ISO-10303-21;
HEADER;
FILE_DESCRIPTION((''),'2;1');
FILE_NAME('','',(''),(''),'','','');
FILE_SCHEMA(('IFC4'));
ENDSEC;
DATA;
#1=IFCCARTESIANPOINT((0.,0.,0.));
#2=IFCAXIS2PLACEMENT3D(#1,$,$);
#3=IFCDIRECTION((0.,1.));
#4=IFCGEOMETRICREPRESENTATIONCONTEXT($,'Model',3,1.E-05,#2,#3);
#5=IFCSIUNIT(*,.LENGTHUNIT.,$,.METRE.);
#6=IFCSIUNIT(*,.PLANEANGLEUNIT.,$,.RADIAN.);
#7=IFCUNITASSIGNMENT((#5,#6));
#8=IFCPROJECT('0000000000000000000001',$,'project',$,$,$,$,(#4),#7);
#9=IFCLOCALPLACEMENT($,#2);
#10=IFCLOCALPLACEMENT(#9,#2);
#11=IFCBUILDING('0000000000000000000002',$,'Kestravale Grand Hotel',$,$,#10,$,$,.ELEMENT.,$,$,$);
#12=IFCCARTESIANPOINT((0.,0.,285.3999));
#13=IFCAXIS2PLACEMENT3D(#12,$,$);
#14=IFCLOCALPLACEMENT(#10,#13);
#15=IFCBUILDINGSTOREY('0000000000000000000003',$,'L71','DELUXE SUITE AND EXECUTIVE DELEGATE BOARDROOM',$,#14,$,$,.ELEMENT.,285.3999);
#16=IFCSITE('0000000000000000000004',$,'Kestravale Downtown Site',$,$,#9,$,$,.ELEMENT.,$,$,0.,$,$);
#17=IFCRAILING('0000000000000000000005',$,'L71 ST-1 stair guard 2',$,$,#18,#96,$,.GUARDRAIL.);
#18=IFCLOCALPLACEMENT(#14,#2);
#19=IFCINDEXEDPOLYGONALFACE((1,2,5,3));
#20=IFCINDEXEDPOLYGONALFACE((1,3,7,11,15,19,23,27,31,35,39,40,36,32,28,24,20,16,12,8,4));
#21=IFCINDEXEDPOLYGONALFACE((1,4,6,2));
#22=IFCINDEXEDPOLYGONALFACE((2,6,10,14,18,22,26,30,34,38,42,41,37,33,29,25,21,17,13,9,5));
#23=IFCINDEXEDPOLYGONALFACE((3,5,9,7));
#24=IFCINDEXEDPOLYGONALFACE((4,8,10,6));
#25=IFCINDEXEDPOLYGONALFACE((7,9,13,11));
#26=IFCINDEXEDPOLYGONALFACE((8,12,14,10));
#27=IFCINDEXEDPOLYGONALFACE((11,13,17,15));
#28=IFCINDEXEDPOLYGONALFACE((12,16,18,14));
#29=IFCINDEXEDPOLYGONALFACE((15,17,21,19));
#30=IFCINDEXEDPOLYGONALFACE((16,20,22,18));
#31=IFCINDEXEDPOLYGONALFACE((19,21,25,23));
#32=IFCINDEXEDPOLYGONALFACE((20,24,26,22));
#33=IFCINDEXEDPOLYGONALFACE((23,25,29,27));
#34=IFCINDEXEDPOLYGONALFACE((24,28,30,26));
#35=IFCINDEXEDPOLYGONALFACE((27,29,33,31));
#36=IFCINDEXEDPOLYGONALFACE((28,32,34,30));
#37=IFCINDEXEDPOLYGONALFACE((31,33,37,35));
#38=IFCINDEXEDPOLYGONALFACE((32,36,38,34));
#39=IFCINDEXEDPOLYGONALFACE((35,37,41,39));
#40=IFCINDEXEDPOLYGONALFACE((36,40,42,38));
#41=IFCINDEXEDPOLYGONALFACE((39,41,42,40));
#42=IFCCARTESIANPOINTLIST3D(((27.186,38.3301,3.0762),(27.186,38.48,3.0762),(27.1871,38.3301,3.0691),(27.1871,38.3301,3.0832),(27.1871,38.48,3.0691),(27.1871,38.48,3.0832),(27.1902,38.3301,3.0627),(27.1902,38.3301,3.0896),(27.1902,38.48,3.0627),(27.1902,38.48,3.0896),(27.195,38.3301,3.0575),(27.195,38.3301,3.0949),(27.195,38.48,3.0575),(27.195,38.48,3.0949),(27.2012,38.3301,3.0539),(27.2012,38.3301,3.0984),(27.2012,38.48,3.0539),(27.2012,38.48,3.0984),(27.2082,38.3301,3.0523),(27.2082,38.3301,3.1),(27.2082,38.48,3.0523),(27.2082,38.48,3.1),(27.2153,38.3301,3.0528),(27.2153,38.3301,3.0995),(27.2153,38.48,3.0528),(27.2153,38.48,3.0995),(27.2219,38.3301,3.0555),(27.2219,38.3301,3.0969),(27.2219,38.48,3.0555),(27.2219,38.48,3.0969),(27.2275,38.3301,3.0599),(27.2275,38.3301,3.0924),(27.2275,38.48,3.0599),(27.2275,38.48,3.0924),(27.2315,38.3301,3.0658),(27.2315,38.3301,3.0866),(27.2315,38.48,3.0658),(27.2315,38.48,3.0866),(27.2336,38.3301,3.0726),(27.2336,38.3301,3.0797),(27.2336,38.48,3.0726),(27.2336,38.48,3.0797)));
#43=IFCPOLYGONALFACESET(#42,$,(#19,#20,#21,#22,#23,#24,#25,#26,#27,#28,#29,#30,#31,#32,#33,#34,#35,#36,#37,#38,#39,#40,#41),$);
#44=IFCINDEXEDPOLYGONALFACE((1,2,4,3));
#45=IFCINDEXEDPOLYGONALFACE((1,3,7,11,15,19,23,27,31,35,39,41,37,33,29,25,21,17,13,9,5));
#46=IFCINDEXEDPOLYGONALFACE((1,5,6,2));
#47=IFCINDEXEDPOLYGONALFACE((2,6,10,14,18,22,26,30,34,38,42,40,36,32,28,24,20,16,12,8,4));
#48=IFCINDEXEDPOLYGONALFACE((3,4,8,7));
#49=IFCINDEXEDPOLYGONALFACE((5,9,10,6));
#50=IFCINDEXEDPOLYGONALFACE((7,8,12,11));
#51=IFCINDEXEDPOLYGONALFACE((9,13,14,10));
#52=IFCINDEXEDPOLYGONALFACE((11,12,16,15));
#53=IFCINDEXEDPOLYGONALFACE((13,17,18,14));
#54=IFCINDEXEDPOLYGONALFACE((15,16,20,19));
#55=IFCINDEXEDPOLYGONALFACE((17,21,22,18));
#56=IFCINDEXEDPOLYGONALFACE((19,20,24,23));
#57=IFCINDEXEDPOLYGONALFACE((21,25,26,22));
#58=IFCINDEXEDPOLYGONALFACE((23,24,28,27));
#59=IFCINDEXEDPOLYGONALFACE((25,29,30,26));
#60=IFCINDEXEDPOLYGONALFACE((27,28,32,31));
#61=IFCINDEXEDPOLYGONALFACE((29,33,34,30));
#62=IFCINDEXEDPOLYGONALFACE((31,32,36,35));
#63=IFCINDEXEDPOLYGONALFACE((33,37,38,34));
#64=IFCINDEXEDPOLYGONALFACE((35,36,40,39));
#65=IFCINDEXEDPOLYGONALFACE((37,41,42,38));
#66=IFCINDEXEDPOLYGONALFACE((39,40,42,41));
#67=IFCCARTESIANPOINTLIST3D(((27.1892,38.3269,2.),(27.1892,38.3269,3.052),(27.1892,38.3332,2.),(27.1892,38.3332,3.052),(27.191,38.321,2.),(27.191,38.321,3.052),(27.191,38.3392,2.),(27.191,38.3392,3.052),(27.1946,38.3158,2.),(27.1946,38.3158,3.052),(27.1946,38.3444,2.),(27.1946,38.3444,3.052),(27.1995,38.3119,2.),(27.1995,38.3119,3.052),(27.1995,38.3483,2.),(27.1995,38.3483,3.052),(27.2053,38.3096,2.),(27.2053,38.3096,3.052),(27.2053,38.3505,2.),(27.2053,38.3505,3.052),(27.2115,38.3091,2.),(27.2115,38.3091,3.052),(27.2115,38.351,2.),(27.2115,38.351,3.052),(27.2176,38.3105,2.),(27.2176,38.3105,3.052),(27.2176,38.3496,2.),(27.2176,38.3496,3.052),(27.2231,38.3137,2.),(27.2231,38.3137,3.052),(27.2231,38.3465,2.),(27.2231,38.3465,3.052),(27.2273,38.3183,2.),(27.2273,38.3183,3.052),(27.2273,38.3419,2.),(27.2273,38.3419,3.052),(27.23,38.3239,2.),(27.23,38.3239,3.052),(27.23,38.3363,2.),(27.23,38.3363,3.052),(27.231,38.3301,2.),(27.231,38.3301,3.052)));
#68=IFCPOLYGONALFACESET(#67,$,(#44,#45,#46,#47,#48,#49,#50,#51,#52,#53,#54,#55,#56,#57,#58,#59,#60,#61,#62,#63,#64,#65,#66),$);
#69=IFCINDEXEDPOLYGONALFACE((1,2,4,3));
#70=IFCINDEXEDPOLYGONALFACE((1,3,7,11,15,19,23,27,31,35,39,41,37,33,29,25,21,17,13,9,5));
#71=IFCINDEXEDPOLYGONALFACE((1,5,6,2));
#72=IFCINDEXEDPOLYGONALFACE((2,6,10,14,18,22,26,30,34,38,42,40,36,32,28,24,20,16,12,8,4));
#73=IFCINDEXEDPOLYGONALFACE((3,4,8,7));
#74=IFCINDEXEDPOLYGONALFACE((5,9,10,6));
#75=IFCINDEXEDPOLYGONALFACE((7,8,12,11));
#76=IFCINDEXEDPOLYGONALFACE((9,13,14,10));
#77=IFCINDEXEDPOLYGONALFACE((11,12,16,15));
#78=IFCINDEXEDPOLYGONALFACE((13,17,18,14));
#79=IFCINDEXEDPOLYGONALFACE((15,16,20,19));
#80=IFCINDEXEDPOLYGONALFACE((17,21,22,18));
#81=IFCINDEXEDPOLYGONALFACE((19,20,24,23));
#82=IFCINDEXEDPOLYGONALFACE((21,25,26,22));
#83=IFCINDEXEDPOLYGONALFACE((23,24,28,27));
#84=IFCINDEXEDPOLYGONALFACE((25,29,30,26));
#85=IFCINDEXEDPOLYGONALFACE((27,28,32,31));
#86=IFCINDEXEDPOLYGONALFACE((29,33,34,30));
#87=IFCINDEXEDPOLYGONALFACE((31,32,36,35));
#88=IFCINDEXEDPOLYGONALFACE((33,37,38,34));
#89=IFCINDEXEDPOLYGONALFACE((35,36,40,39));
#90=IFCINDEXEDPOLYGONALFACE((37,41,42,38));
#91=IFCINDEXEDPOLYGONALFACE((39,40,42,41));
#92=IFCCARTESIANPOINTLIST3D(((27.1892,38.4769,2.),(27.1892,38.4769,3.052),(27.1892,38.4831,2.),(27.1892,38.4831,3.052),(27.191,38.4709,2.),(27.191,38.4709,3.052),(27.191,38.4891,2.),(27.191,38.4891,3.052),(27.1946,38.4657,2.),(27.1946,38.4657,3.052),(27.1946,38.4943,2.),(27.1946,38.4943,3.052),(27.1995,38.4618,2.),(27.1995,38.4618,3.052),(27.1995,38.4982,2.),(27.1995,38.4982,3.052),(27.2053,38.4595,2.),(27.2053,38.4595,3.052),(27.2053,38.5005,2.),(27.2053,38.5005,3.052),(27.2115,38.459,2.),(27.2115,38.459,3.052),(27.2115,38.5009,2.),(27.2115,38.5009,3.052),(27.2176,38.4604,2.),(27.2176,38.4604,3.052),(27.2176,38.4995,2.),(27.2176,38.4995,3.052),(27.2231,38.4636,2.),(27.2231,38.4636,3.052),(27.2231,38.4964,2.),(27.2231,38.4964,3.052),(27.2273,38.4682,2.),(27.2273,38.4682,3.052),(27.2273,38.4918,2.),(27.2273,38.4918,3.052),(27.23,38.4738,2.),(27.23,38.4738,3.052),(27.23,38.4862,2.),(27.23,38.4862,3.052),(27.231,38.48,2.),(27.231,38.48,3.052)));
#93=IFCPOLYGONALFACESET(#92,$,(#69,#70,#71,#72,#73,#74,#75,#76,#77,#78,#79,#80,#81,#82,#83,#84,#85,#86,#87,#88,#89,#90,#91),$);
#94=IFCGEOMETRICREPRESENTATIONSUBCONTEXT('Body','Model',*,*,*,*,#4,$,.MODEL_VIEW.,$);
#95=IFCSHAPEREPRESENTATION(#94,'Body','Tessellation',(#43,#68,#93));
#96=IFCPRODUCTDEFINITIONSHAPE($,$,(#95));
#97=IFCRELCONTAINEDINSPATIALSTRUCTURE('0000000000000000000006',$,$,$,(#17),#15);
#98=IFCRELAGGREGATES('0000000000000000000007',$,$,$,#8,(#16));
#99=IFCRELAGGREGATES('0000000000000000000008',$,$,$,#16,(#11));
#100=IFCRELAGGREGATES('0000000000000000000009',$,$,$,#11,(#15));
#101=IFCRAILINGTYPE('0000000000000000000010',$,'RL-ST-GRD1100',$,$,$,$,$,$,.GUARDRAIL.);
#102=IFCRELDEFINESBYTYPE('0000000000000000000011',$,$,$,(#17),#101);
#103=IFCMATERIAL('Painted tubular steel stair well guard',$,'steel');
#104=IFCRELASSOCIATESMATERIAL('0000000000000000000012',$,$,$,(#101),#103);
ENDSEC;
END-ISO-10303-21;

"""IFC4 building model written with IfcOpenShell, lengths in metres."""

from ifc_helpers import new_model, si_unit, direction, frame, origin, origin_2d, place, context, subcontext, project, spatial, circle, extrude, material, type_object, element, save


model = new_model("IFC4")

# Units and contexts
model_context = context("Model", 3, precision=1e-05, world=origin(), true_north=direction((0.0, 1.0)))
body_context = subcontext(model_context, "Body", "Model", "MODEL_VIEW")
ifc_project = project(units=[si_unit("LENGTHUNIT", "METRE"), si_unit("PLANEANGLEUNIT", "RADIAN")], contexts=[model_context])

# Site, building, storey
site_placement = place(None, origin())
site = spatial("IfcSite", under=ifc_project, at=site_placement, Name="Kestravale Downtown Site", CompositionType="ELEMENT", RefElevation=0.0)
building_placement = place(site_placement, origin())
building = spatial("IfcBuilding", under=site, at=building_placement, Name="Kestravale Grand Hotel", CompositionType="ELEMENT")
storey_placement = place(building_placement, frame((0.0, 0.0, 285.3999)))
storey = spatial("IfcBuildingStorey", under=building, at=storey_placement, Name="L71", Description="DELUXE SUITE AND EXECUTIVE DELEGATE BOARDROOM", CompositionType="ELEMENT", Elevation=285.3999)

# Railing
ifc_material_1 = material(Name="Painted tubular steel stair well guard", Category="steel")
railing_type_1 = type_object("IfcRailingType", Name="RL-ST-GRD1100", PredefinedType="GUARDRAIL", material=ifc_material_1)
railing_1_placement = place(storey_placement, frame((27.21, 38.3301, 2.0)))
element("IfcRailing", 1, at=railing_1_placement, inside=storey, type_object=railing_type_1, Name="L71 ST-1 stair guard 2", PredefinedType="GUARDRAIL", context=body_context, shape_type="SweptSolid", body=[
    extrude(circle(Radius=0.0239, at=origin_2d()), frame((0.0, 0.0, 1.0762), z_axis=(0.0, 1.0, 0.0), x_axis=(-1.0, 0.0, 0.0)), (0.0, 0.0, 1.0), 0.1499),
    extrude(circle(Radius=0.021, at=origin_2d()), origin(), (0.0, 0.0, 1.0), 1.052),
    extrude(circle(Radius=0.021, at=origin_2d()), frame((0.0, 0.1499, 0.0)), (0.0, 0.0, 1.0), 1.052),
])

save(model, "model.ifc")
